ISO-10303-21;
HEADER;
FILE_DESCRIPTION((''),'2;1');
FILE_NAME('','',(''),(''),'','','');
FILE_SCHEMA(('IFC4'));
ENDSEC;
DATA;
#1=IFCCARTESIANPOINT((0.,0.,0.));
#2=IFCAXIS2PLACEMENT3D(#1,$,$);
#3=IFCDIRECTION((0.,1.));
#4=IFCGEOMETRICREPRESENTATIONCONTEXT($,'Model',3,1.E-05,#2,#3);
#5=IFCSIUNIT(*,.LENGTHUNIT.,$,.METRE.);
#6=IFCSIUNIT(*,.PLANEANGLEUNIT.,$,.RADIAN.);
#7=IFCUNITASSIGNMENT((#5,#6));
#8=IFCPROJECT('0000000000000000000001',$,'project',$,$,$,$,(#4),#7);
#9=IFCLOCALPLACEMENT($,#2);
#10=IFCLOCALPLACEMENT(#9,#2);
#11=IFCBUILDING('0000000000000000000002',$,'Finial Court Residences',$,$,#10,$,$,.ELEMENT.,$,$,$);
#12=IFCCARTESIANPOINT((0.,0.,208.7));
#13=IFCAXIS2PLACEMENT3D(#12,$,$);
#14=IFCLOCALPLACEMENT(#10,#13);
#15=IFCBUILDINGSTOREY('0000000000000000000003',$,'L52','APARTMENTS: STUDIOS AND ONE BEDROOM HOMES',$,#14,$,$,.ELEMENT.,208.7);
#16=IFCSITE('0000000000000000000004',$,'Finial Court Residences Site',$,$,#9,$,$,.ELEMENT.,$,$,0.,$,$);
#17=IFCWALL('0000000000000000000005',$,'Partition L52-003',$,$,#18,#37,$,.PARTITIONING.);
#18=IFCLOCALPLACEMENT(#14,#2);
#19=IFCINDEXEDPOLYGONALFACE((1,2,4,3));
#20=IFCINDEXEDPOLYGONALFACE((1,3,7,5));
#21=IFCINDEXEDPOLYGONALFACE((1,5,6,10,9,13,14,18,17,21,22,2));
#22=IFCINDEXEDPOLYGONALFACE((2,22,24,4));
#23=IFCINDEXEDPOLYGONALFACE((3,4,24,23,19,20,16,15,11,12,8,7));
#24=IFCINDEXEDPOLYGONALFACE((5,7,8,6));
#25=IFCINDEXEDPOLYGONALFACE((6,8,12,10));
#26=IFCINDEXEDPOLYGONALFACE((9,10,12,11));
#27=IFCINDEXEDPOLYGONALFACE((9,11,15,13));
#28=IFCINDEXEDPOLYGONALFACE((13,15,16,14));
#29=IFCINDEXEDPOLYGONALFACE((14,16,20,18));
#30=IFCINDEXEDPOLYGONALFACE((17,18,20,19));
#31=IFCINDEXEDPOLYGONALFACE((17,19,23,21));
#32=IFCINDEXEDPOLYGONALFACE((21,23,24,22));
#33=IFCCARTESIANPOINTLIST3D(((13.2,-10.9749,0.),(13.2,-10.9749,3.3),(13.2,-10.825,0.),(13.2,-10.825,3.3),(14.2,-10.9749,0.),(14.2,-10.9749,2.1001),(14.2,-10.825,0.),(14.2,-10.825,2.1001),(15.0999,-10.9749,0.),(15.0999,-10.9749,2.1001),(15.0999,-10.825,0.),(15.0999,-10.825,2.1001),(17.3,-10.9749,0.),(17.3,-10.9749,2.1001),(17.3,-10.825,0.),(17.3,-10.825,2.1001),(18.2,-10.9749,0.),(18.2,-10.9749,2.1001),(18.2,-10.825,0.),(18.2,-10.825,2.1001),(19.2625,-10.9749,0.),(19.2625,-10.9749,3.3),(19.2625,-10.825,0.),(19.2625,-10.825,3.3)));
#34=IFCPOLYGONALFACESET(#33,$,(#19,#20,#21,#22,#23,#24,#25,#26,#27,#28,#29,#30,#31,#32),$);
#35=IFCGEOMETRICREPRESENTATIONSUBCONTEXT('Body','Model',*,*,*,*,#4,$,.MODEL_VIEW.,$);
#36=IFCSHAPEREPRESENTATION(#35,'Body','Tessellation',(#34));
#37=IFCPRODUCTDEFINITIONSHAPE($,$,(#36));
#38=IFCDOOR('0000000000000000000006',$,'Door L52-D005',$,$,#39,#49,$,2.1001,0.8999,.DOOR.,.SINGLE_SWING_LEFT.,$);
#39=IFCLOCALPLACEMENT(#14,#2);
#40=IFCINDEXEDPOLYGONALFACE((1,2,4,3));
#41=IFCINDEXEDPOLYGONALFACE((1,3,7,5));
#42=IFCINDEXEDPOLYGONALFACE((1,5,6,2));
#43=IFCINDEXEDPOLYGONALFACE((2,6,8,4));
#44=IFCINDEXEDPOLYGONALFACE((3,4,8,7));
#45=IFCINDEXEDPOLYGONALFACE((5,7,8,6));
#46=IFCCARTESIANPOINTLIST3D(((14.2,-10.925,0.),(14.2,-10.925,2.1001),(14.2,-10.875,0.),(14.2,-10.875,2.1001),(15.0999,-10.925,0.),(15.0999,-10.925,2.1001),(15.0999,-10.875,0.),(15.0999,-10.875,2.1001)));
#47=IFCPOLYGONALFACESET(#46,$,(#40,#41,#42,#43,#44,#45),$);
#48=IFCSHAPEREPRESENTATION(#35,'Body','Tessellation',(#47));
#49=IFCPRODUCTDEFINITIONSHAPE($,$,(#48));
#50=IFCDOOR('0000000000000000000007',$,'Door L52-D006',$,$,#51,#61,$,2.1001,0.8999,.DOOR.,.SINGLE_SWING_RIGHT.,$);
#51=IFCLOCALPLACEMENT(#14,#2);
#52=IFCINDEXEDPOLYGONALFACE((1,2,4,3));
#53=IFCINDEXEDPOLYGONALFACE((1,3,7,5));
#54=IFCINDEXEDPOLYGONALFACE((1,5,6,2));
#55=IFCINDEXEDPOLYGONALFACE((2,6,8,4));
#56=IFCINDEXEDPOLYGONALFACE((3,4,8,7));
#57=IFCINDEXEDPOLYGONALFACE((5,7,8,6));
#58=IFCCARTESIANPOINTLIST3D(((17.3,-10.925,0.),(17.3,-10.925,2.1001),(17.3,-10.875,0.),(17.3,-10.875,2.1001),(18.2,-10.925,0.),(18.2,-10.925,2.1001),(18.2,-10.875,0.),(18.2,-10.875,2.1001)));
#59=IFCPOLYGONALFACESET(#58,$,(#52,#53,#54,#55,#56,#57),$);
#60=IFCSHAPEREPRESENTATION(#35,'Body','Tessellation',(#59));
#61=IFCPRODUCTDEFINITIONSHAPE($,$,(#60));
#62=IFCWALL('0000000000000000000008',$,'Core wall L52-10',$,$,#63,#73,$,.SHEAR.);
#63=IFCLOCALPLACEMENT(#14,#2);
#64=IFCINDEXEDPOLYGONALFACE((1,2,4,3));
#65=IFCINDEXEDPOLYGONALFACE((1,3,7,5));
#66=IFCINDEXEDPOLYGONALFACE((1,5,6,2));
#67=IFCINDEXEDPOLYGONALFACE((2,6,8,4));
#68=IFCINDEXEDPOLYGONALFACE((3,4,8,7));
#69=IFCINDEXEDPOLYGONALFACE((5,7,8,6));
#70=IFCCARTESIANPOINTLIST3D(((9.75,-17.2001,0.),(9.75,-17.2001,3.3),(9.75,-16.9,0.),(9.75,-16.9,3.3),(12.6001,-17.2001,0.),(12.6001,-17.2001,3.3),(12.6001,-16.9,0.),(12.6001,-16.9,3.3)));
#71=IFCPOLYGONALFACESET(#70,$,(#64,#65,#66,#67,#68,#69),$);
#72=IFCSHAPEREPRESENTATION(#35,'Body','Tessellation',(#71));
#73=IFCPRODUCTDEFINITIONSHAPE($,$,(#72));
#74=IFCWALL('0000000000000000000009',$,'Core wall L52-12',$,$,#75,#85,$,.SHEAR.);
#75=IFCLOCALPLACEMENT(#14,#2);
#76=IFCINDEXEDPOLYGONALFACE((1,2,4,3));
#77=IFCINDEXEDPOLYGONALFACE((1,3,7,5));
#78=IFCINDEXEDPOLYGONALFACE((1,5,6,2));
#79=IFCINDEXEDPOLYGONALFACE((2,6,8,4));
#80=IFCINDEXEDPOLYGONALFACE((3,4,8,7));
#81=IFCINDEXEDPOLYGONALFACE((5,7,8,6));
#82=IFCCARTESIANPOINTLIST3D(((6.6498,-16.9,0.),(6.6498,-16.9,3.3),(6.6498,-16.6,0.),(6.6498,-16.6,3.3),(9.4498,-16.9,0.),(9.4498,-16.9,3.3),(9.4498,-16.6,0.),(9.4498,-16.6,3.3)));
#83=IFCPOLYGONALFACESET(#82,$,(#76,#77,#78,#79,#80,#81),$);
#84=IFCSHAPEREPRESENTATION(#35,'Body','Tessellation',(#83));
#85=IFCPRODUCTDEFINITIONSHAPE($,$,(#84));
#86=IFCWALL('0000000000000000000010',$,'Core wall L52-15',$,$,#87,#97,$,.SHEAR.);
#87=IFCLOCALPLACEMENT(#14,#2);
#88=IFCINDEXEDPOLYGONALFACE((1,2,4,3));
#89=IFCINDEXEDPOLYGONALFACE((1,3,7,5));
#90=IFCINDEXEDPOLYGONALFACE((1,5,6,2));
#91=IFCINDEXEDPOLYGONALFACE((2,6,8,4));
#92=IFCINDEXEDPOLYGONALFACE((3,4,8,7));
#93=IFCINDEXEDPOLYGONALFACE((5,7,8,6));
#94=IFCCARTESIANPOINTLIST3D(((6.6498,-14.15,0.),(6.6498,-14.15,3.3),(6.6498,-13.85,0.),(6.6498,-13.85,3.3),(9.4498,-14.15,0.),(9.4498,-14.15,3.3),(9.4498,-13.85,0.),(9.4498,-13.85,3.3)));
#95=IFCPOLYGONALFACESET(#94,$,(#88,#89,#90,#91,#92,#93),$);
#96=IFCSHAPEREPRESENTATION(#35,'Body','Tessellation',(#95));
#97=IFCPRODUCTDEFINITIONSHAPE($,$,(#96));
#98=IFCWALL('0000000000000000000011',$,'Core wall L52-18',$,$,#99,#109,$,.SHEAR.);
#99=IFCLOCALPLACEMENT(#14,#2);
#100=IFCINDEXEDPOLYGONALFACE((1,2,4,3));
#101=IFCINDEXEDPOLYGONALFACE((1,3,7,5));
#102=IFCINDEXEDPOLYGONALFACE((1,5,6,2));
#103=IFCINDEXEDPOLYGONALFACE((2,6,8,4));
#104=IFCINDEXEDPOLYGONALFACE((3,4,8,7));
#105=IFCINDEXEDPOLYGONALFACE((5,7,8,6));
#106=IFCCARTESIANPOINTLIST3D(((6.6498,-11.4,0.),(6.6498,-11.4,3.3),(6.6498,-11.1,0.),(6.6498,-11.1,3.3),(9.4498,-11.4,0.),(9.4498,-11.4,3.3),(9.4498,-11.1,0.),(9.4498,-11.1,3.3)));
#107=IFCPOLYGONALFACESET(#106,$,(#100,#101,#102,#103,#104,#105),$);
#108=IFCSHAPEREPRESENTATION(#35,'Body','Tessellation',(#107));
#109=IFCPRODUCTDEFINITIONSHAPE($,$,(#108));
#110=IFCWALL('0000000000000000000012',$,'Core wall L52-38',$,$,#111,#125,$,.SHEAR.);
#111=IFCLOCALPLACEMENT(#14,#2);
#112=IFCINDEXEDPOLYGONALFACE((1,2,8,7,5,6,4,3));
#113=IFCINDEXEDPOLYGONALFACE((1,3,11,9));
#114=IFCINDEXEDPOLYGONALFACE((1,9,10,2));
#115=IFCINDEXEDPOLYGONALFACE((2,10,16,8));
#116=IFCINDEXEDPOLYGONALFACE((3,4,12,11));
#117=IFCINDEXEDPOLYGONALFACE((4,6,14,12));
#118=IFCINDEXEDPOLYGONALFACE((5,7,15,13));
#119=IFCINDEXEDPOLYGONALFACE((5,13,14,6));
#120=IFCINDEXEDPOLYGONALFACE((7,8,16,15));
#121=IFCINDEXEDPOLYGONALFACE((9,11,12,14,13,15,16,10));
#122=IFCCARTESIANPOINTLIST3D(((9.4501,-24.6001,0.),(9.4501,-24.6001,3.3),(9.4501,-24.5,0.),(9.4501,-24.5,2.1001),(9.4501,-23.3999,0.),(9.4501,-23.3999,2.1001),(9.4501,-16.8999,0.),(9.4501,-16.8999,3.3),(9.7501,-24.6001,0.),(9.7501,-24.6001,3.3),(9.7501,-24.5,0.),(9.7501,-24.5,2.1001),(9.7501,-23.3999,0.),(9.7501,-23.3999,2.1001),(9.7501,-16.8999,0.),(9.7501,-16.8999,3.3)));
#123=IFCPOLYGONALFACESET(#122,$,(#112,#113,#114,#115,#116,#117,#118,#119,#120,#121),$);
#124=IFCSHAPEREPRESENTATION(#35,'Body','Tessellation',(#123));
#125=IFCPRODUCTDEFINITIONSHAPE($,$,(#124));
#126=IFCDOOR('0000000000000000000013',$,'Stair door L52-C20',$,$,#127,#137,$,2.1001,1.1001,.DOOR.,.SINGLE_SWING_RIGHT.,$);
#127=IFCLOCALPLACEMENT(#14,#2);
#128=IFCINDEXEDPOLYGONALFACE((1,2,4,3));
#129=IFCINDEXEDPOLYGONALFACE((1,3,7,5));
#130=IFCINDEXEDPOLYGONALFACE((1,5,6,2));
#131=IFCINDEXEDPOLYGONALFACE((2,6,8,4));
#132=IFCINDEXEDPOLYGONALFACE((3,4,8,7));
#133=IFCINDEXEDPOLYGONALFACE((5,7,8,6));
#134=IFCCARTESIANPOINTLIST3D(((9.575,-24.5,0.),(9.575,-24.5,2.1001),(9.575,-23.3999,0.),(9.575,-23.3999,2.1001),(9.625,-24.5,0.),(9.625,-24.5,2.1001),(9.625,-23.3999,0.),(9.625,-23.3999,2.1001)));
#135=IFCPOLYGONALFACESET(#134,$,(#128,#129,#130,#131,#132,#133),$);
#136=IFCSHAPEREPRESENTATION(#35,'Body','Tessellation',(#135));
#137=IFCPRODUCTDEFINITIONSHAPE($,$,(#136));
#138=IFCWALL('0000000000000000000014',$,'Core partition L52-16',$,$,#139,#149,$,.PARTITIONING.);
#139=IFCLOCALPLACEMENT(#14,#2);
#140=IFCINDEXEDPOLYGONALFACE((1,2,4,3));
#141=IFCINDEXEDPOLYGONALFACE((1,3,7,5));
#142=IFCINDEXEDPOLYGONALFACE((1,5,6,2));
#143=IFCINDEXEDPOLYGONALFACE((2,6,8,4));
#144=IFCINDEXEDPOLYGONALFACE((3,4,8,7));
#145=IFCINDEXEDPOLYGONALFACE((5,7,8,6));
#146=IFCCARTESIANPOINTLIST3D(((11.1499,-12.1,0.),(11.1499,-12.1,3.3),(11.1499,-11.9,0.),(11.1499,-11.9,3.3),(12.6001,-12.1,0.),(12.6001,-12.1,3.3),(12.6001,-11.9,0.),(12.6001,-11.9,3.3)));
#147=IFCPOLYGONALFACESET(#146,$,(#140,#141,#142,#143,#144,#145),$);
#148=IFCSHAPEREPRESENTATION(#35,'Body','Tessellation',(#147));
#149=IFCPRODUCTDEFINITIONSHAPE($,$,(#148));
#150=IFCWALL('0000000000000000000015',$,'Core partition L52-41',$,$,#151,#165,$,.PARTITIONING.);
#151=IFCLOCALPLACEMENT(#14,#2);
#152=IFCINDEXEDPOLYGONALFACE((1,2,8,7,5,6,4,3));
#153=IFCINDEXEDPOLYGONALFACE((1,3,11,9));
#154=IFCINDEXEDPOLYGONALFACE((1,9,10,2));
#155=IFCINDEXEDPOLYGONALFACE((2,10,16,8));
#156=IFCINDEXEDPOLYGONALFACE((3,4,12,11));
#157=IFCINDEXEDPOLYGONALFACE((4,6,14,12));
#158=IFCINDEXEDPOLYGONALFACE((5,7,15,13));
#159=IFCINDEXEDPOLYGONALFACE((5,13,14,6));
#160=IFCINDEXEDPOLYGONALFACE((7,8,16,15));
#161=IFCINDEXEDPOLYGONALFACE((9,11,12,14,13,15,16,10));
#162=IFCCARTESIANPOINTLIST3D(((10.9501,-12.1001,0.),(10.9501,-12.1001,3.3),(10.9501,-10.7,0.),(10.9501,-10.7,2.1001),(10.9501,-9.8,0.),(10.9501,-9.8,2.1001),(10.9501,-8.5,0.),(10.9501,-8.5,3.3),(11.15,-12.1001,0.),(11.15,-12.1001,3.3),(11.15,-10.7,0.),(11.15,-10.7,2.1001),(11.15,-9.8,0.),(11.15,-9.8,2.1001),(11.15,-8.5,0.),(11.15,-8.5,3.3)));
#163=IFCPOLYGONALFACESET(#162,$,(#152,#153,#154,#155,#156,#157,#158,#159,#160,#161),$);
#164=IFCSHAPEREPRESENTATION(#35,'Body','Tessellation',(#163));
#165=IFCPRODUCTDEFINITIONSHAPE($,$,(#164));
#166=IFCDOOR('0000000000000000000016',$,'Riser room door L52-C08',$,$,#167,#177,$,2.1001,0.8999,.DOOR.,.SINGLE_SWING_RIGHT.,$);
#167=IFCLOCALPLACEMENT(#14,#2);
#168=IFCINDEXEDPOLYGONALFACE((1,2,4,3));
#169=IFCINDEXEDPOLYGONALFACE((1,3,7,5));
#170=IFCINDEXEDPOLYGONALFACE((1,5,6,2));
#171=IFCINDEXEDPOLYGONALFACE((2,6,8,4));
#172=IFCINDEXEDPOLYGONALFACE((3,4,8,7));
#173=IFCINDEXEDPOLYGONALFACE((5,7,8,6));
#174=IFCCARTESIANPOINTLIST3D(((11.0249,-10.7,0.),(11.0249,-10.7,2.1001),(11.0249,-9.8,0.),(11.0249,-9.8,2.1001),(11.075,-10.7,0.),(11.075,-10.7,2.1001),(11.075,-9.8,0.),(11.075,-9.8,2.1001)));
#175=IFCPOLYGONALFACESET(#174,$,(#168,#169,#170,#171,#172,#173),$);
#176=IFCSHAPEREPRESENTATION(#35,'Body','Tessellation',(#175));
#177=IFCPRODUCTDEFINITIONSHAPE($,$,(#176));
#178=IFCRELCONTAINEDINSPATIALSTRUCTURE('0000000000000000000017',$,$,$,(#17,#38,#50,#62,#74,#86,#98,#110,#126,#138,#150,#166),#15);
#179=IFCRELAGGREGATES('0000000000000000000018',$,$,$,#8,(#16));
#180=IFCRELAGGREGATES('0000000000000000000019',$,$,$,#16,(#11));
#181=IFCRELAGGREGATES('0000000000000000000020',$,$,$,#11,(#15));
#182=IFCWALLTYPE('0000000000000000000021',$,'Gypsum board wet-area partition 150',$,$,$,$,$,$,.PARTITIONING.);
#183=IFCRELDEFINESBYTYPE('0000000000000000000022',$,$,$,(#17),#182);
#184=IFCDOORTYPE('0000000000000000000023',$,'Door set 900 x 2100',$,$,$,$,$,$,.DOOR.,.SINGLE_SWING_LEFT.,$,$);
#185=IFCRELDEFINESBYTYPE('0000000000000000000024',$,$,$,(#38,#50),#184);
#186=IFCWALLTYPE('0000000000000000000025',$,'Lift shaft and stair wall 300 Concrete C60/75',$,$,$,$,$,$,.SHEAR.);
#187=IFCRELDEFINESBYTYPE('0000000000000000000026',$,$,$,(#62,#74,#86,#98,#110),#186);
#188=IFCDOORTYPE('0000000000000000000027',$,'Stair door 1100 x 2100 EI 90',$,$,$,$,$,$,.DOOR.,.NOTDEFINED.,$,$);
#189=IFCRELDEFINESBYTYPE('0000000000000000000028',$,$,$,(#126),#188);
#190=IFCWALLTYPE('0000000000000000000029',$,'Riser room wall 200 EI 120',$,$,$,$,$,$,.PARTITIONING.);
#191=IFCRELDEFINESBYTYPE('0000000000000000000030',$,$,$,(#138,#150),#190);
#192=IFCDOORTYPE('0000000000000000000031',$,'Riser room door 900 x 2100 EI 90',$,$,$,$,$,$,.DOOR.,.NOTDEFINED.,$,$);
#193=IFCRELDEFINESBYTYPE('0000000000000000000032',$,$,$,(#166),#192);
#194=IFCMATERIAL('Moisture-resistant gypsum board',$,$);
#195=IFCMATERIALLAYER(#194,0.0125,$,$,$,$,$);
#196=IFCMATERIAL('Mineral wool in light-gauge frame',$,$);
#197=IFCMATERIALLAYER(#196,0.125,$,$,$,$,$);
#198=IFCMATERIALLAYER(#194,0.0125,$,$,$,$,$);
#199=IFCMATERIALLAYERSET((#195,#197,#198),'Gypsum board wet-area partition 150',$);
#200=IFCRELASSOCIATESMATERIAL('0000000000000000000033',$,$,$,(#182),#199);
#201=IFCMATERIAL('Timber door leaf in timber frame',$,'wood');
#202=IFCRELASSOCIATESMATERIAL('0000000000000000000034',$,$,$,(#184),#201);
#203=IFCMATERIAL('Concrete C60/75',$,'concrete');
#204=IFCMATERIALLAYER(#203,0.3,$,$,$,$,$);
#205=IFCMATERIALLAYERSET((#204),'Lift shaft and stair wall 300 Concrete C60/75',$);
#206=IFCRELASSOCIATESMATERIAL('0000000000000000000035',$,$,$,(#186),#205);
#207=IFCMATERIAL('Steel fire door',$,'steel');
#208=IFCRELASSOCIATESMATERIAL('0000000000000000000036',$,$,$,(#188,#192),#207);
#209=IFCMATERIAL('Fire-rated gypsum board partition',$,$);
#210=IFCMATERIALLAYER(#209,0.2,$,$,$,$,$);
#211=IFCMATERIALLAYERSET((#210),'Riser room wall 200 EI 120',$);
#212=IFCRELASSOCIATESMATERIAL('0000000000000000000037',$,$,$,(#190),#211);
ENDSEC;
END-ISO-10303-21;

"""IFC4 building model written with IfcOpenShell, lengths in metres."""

from ifc_helpers import new_model, si_unit, direction, frame, frame_2d, origin, place, context, subcontext, project, spatial, rectangle, extrude, material, layer, layer_set, type_object, element, fill, save


model = new_model("IFC4")

# Units and contexts
model_context = context("Model", 3, precision=1e-05, world=origin(), true_north=direction((0.0, 1.0)))
body_context = subcontext(model_context, "Body", "Model", "MODEL_VIEW")
ifc_project = project(units=[si_unit("LENGTHUNIT", "METRE"), si_unit("PLANEANGLEUNIT", "RADIAN")], contexts=[model_context])

# Site, building, storey
site_placement = place(None, origin())
site = spatial("IfcSite", under=ifc_project, at=site_placement, Name="Finial Court Residences Site", CompositionType="ELEMENT", RefElevation=0.0)
building_placement = place(site_placement, origin())
building = spatial("IfcBuilding", under=site, at=building_placement, Name="Finial Court Residences", CompositionType="ELEMENT")
storey_placement = place(building_placement, frame((0.0, 0.0, 208.7)))
storey = spatial("IfcBuildingStorey", under=building, at=storey_placement, Name="L52", Description="APARTMENTS: STUDIOS AND ONE BEDROOM HOMES", CompositionType="ELEMENT", Elevation=208.7)

# Shared definitions
ifc_material_1 = material(Name="Fire-rated gypsum board partition")

# Shared definitions
ifc_material_2 = material(Name="Steel fire door", Category="steel")

# Shared definitions
ifc_material_3 = material(Name="Mineral wool in light-gauge frame")

# Shared definitions
ifc_material_4 = material(Name="Moisture-resistant gypsum board")
ifc_layer_1 = layer(ifc_material_4, 0.0125)
ifc_layer_2 = layer(ifc_material_3, 0.125)
ifc_layer_3 = layer(ifc_material_4, 0.0125)
ifc_layer_set_1 = layer_set([ifc_layer_1, ifc_layer_2, ifc_layer_3], Name="Gypsum board wet-area partition 150")
wall_type_1 = type_object("IfcWallType", Name="Gypsum board wet-area partition 150", PredefinedType="PARTITIONING", material=ifc_layer_set_1)
ifc_material_5 = material(Name="Timber door leaf in timber frame", Category="wood")
door_type_1 = type_object("IfcDoorType", Name="Door set 900 x 2100", OperationType="SINGLE_SWING_LEFT", PredefinedType="DOOR", material=ifc_material_5)

# Wall, openings, doors
wall_1_placement = place(storey_placement, frame((13.2, -10.8999, 0.0), z_axis=(0.0, 0.0, 1.0), x_axis=(1.0, 0.0, 0.0)))
wall_1 = element("IfcWall", 1, at=wall_1_placement, inside=storey, type_object=wall_type_1, Name="Partition L52-003", PredefinedType="PARTITIONING", context=body_context, shape_type="SweptSolid", body=[
    extrude(rectangle(XDim=6.0625, YDim=0.1499, at=frame_2d((3.0312, 0.0))), origin(), (0.0, 0.0, 1.0), 3.3),
])
opening_1_placement = place(wall_1_placement, frame((1.0, 0.0, 0.0)))
opening_1 = element("IfcOpeningElement", 2, at=opening_1_placement, cuts=wall_1, PredefinedType="OPENING", context=body_context, shape_type="SweptSolid", body=[
    extrude(rectangle(XDim=0.8999, YDim=2.1001, at=frame_2d((0.45, 1.05))), frame((0.0, 0.085, 0.0), z_axis=(0.0, -1.0, 0.0), x_axis=(1.0, 0.0, 0.0)), (0.0, 0.0, 1.0), 0.1699),
])
opening_2_placement = place(wall_1_placement, frame((4.1001, 0.0, 0.0)))
opening_2 = element("IfcOpeningElement", 3, at=opening_2_placement, cuts=wall_1, PredefinedType="OPENING", context=body_context, shape_type="SweptSolid", body=[
    extrude(rectangle(XDim=0.8999, YDim=2.1001, at=frame_2d((0.45, 1.05))), frame((0.0, 0.085, 0.0), z_axis=(0.0, -1.0, 0.0), x_axis=(1.0, 0.0, 0.0)), (0.0, 0.0, 1.0), 0.1699),
])
door_1_placement = place(opening_1_placement, origin())
door_1 = element("IfcDoor", 4, at=door_1_placement, inside=storey, type_object=door_type_1, Name="Door L52-D005", OperationType="SINGLE_SWING_LEFT", OverallHeight=2.1001, OverallWidth=0.8999, PredefinedType="DOOR", context=body_context, shape_type="SweptSolid", body=[
    extrude(rectangle(XDim=0.8999, YDim=2.1001, at=frame_2d((0.45, 1.05))), frame((0.0, 0.0249, 0.0), z_axis=(0.0, -1.0, 0.0), x_axis=(1.0, 0.0, 0.0)), (0.0, 0.0, 1.0), 0.05),
])
fill(opening_1, door_1)
door_2_placement = place(opening_2_placement, origin())
door_2 = element("IfcDoor", 5, at=door_2_placement, inside=storey, type_object=door_type_1, Name="Door L52-D006", OperationType="SINGLE_SWING_RIGHT", OverallHeight=2.1001, OverallWidth=0.8999, PredefinedType="DOOR", context=body_context, shape_type="SweptSolid", body=[
    extrude(rectangle(XDim=0.8999, YDim=2.1001, at=frame_2d((0.45, 1.05))), frame((0.0, 0.0249, 0.0), z_axis=(0.0, -1.0, 0.0), x_axis=(1.0, 0.0, 0.0)), (0.0, 0.0, 1.0), 0.05),
])
fill(opening_2, door_2)

# Walls
ifc_material_6 = material(Name="Concrete C60/75", Category="concrete")
ifc_layer_4 = layer(ifc_material_6, 0.3)
ifc_layer_set_2 = layer_set([ifc_layer_4], Name="Lift shaft and stair wall 300 Concrete C60/75")
wall_type_2 = type_object("IfcWallType", Name="Lift shaft and stair wall 300 Concrete C60/75", PredefinedType="SHEAR", material=ifc_layer_set_2)
wall_2_placement = place(storey_placement, frame((9.75, -17.05, 0.0), z_axis=(0.0, 0.0, 1.0), x_axis=(1.0, 0.0, 0.0)))
element("IfcWall", 6, at=wall_2_placement, inside=storey, type_object=wall_type_2, Name="Core wall L52-10", PredefinedType="SHEAR", context=body_context, shape_type="SweptSolid", body=[
    extrude(rectangle(XDim=2.8501, YDim=0.3, at=frame_2d((1.425, 0.0))), origin(), (0.0, 0.0, 1.0), 3.3),
])
for number, where, z_axis, x_axis, name in (
    (7, (6.6499, -16.75, 0.0), (0.0, 0.0, 1.0), (1.0, 0.0, 0.0), "Core wall L52-12"),
    (8, (6.6499, -14.0, 0.0), (0.0, 0.0, 1.0), (1.0, 0.0, 0.0), "Core wall L52-15"),
    (9, (6.6499, -11.25, 0.0), (0.0, 0.0, 1.0), (1.0, 0.0, 0.0), "Core wall L52-18"),
):
    element("IfcWall", number, at=place(storey_placement, frame(where, z_axis=z_axis, x_axis=x_axis)), inside=storey, type_object=wall_type_2, Name=name, PredefinedType="SHEAR", context=body_context, shape_type="SweptSolid", body=[
        extrude(rectangle(XDim=2.8, YDim=0.3, at=frame_2d((1.3999, 0.0))), origin(), (0.0, 0.0, 1.0), 3.3),
    ])

# Wall, opening, door
wall_3_placement = place(storey_placement, frame((9.6001, -16.8999, 0.0), z_axis=(0.0, 0.0, 1.0), x_axis=(0.0, -1.0, 0.0)))
wall_3 = element("IfcWall", 10, at=wall_3_placement, inside=storey, type_object=wall_type_2, Name="Core wall L52-38", PredefinedType="SHEAR", context=body_context, shape_type="SweptSolid", body=[
    extrude(rectangle(XDim=7.7002, YDim=0.3, at=frame_2d((3.8501, 0.0))), origin(), (0.0, 0.0, 1.0), 3.3),
])
opening_3_placement = place(wall_3_placement, frame((6.5, 0.0, 0.0)))
opening_3 = element("IfcOpeningElement", 11, at=opening_3_placement, cuts=wall_3, PredefinedType="OPENING", context=body_context, shape_type="SweptSolid", body=[
    extrude(rectangle(XDim=1.1001, YDim=2.1001, at=frame_2d((0.55, 1.05))), frame((0.0, 0.1599, 0.0), z_axis=(0.0, -1.0, 0.0), x_axis=(1.0, 0.0, 0.0)), (0.0, 0.0, 1.0), 0.3201),
])
door_type_2 = type_object("IfcDoorType", Name="Stair door 1100 x 2100 EI 90", OperationType="NOTDEFINED", PredefinedType="DOOR", material=ifc_material_2)
door_3_placement = place(opening_3_placement, origin())
door_3 = element("IfcDoor", 12, at=door_3_placement, inside=storey, type_object=door_type_2, Name="Stair door L52-C20", OperationType="SINGLE_SWING_RIGHT", OverallHeight=2.1001, OverallWidth=1.1001, PredefinedType="DOOR", context=body_context, shape_type="SweptSolid", body=[
    extrude(rectangle(XDim=1.1001, YDim=2.1001, at=frame_2d((0.55, 1.05))), frame((0.0, 0.0249, 0.0), z_axis=(0.0, -1.0, 0.0), x_axis=(1.0, 0.0, 0.0)), (0.0, 0.0, 1.0), 0.05),
])
fill(opening_3, door_3)

# Wall
ifc_layer_5 = layer(ifc_material_1, 0.2)
ifc_layer_set_3 = layer_set([ifc_layer_5], Name="Riser room wall 200 EI 120")
wall_type_3 = type_object("IfcWallType", Name="Riser room wall 200 EI 120", PredefinedType="PARTITIONING", material=ifc_layer_set_3)
wall_4_placement = place(storey_placement, frame((11.1499, -12.0, 0.0), z_axis=(0.0, 0.0, 1.0), x_axis=(1.0, 0.0, 0.0)))
element("IfcWall", 13, at=wall_4_placement, inside=storey, type_object=wall_type_3, Name="Core partition L52-16", PredefinedType="PARTITIONING", context=body_context, shape_type="SweptSolid", body=[
    extrude(rectangle(XDim=1.4502, YDim=0.2, at=frame_2d((0.7251, 0.0))), origin(), (0.0, 0.0, 1.0), 3.3),
])

# Wall, opening, door
wall_5_placement = place(storey_placement, frame((11.05, -8.5, 0.0), z_axis=(0.0, 0.0, 1.0), x_axis=(0.0, -1.0, 0.0)))
wall_5 = element("IfcWall", 14, at=wall_5_placement, inside=storey, type_object=wall_type_3, Name="Core partition L52-41", PredefinedType="PARTITIONING", context=body_context, shape_type="SweptSolid", body=[
    extrude(rectangle(XDim=3.6001, YDim=0.2, at=frame_2d((1.8, 0.0))), origin(), (0.0, 0.0, 1.0), 3.3),
])
opening_4_placement = place(wall_5_placement, frame((1.3, 0.0, 0.0)))
opening_4 = element("IfcOpeningElement", 15, at=opening_4_placement, cuts=wall_5, PredefinedType="OPENING", context=body_context, shape_type="SweptSolid", body=[
    extrude(rectangle(XDim=0.8999, YDim=2.1001, at=frame_2d((0.45, 1.05))), frame((0.0, 0.1099, 0.0), z_axis=(0.0, -1.0, 0.0), x_axis=(1.0, 0.0, 0.0)), (0.0, 0.0, 1.0), 0.22),
])
door_type_3 = type_object("IfcDoorType", Name="Riser room door 900 x 2100 EI 90", OperationType="NOTDEFINED", PredefinedType="DOOR", material=ifc_material_2)
door_4_placement = place(opening_4_placement, origin())
door_4 = element("IfcDoor", 16, at=door_4_placement, inside=storey, type_object=door_type_3, Name="Riser room door L52-C08", OperationType="SINGLE_SWING_RIGHT", OverallHeight=2.1001, OverallWidth=0.8999, PredefinedType="DOOR", context=body_context, shape_type="SweptSolid", body=[
    extrude(rectangle(XDim=0.8999, YDim=2.1001, at=frame_2d((0.45, 1.05))), frame((0.0, 0.0249, 0.0), z_axis=(0.0, -1.0, 0.0), x_axis=(1.0, 0.0, 0.0)), (0.0, 0.0, 1.0), 0.05),
])
fill(opening_4, door_4)

save(model, "model.ifc")
